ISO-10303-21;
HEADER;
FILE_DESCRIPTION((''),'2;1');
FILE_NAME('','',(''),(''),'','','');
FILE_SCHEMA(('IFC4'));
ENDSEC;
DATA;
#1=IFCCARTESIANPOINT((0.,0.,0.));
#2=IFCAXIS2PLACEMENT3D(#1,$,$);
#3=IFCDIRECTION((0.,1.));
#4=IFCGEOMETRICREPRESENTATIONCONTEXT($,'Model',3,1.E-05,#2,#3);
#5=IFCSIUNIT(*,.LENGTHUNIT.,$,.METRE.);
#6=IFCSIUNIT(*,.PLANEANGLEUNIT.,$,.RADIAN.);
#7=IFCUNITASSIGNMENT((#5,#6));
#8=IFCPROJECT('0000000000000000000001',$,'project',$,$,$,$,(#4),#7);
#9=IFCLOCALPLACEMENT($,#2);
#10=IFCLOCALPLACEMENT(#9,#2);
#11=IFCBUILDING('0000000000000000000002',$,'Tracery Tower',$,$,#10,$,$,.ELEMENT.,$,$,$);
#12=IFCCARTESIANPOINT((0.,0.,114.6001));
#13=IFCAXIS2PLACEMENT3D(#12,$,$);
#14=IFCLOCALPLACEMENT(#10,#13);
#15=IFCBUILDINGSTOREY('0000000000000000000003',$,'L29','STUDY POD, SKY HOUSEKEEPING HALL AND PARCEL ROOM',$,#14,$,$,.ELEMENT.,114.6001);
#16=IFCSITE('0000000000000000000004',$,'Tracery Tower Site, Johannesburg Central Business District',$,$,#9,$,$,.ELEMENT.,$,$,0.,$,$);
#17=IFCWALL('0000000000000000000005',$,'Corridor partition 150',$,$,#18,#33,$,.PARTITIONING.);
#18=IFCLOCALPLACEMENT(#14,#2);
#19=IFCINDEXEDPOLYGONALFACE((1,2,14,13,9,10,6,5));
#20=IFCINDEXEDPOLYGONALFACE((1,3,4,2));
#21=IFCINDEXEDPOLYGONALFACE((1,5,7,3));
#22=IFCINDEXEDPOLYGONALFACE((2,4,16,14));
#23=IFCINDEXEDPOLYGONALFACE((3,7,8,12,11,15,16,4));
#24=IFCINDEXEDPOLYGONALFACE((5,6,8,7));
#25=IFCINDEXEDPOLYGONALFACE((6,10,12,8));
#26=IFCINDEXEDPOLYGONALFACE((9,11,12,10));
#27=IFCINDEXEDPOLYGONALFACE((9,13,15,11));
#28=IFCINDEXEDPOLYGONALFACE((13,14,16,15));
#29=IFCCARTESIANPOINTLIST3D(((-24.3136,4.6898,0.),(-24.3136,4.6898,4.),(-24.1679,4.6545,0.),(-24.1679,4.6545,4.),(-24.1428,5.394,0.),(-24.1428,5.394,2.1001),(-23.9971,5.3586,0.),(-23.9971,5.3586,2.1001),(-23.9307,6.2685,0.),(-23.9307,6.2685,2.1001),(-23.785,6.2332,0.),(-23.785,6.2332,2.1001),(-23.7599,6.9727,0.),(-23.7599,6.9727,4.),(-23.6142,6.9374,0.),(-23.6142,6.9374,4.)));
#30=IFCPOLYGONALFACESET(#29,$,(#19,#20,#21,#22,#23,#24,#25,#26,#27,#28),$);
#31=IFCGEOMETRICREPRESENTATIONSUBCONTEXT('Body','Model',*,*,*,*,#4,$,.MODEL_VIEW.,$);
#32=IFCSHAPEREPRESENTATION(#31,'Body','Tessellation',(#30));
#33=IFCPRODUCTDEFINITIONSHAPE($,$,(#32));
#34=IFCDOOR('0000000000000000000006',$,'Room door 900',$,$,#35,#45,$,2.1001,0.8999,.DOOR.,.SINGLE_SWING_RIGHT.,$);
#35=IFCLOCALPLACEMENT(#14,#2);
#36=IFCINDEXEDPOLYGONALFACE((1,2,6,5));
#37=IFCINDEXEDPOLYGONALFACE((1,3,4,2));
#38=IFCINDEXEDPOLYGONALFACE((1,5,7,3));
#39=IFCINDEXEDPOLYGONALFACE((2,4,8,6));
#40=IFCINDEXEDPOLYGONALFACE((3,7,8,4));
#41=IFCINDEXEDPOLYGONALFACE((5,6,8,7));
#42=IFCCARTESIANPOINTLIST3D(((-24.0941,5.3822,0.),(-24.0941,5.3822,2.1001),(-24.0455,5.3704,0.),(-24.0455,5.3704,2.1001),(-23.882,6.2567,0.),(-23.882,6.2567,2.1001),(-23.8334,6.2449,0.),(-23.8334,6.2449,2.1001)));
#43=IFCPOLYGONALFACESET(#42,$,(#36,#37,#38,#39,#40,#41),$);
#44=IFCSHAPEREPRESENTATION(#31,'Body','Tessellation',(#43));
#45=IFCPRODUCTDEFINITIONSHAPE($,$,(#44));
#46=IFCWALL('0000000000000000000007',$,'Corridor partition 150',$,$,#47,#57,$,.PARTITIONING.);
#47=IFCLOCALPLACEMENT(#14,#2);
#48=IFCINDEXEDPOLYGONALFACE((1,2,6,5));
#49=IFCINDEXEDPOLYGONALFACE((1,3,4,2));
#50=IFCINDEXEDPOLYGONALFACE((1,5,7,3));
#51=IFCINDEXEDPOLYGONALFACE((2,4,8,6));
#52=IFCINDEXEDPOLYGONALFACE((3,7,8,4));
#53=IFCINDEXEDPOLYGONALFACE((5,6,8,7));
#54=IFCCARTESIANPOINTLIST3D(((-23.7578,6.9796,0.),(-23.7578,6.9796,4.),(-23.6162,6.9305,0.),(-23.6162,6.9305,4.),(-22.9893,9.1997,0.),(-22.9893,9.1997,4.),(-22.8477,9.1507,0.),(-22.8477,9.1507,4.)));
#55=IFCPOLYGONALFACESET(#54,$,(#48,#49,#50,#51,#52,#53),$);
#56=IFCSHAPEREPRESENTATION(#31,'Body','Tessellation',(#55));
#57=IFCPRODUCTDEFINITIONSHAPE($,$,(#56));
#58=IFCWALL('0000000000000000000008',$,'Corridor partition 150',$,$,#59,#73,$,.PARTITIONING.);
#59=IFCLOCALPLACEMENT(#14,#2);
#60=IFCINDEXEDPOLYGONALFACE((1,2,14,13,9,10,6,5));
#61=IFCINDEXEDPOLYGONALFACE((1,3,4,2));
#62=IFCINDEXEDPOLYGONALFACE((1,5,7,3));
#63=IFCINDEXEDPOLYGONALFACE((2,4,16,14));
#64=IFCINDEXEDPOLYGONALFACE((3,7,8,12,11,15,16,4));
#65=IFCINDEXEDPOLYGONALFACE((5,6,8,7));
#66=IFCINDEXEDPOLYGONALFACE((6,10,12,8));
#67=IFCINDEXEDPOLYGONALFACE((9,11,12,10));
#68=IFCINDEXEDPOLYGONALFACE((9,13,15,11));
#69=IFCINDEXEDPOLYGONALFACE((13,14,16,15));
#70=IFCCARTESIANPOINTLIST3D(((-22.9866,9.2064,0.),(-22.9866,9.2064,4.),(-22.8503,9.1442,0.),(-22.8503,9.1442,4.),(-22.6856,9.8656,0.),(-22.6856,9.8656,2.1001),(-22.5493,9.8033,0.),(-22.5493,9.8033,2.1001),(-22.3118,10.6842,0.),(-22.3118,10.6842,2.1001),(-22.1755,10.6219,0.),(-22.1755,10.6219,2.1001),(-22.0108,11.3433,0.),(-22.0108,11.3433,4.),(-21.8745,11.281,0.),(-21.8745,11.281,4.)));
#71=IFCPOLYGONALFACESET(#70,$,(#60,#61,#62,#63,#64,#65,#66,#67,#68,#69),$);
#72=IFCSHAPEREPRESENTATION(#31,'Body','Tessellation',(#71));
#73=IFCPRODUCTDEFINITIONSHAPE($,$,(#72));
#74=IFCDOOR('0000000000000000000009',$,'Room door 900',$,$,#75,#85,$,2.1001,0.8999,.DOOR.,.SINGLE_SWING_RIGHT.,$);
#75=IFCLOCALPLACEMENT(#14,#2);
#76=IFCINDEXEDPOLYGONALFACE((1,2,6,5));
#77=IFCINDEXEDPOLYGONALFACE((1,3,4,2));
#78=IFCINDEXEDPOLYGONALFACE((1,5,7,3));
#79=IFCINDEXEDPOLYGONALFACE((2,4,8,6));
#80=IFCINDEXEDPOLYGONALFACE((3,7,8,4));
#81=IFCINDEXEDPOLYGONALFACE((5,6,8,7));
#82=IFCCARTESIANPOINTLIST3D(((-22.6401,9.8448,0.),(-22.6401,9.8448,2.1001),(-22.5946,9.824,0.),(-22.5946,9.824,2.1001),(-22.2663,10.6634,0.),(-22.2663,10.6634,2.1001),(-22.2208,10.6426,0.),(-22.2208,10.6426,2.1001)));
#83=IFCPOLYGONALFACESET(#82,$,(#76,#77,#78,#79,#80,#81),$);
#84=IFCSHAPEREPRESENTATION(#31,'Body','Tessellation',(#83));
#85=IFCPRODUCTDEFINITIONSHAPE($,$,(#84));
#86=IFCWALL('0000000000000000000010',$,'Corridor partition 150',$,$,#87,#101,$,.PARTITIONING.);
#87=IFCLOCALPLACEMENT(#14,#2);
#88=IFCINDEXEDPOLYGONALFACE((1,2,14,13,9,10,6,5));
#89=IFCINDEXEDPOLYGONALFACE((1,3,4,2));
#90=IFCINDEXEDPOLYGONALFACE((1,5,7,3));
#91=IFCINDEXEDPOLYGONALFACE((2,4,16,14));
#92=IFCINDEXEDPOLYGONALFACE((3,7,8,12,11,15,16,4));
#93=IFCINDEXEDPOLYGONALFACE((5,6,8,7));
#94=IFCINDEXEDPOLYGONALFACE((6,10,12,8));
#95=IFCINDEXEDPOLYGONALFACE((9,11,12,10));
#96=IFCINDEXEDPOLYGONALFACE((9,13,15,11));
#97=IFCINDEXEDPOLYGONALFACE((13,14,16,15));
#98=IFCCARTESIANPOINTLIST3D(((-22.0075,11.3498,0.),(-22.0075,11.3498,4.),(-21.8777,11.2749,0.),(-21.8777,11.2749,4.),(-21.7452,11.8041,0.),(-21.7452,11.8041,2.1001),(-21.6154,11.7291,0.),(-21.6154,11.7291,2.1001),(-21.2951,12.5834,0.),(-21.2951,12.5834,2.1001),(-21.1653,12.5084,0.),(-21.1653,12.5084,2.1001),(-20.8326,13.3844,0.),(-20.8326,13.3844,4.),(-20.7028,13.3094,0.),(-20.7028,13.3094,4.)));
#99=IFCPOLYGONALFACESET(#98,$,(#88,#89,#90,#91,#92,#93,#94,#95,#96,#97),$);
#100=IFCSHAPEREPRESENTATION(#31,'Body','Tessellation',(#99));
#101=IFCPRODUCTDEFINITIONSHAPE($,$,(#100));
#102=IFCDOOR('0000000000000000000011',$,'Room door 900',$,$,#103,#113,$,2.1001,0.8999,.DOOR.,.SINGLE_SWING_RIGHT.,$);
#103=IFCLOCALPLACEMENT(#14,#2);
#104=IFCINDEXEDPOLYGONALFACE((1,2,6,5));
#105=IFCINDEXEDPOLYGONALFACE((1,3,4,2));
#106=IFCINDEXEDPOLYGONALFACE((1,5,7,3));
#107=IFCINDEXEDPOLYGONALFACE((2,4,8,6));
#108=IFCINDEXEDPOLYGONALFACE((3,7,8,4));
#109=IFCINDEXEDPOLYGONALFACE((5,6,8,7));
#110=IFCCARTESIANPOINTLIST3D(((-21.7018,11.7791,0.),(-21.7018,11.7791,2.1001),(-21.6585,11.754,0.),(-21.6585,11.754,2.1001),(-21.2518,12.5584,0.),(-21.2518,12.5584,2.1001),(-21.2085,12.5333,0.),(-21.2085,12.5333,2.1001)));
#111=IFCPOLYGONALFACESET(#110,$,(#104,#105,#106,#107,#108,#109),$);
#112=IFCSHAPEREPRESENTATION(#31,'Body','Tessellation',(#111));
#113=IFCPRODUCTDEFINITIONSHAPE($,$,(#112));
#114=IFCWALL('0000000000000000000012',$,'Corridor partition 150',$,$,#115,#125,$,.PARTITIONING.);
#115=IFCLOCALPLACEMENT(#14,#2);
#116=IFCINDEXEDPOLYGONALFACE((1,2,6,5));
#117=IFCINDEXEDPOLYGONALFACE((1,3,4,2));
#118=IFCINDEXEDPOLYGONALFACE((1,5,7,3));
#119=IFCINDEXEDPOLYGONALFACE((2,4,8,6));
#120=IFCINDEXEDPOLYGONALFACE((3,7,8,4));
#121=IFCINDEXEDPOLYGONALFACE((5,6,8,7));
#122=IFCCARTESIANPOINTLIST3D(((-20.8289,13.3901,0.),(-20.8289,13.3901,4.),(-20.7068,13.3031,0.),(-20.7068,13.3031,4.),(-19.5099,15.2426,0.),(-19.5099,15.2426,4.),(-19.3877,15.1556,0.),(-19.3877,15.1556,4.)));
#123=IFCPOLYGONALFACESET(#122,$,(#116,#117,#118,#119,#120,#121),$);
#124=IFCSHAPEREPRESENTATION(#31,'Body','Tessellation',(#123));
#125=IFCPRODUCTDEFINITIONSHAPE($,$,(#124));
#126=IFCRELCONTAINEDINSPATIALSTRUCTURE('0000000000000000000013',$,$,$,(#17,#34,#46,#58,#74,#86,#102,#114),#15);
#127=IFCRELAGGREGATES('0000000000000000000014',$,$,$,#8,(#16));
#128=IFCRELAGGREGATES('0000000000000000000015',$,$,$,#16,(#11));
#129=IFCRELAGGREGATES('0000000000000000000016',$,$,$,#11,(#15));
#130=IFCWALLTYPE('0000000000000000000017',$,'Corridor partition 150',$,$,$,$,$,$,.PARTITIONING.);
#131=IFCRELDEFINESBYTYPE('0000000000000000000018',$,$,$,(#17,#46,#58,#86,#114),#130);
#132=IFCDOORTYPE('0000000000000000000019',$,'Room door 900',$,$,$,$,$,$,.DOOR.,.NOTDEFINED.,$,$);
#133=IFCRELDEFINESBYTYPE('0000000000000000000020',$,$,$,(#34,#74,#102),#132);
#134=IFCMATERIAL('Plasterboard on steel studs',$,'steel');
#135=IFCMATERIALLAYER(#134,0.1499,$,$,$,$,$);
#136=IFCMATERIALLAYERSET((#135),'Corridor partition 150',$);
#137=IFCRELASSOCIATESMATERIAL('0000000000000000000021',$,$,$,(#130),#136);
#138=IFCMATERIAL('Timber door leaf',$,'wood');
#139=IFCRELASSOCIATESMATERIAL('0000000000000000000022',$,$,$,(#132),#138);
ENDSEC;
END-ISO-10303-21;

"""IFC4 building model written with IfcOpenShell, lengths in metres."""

from ifc_helpers import new_model, si_unit, direction, frame, frame_2d, origin, place, context, subcontext, project, spatial, rectangle, extrude, material, layer, layer_set, type_object, element, fill, save


model = new_model("IFC4")

# Units and contexts
model_context = context("Model", 3, precision=1e-05, world=origin(), true_north=direction((0.0, 1.0)))
body_context = subcontext(model_context, "Body", "Model", "MODEL_VIEW")
ifc_project = project(units=[si_unit("LENGTHUNIT", "METRE"), si_unit("PLANEANGLEUNIT", "RADIAN")], contexts=[model_context])

# Site, building, storey
site_placement = place(None, origin())
site = spatial("IfcSite", under=ifc_project, at=site_placement, Name="Tracery Tower Site, Johannesburg Central Business District", CompositionType="ELEMENT", RefElevation=0.0)
building_placement = place(site_placement, origin())
building = spatial("IfcBuilding", under=site, at=building_placement, Name="Tracery Tower", CompositionType="ELEMENT")
storey_placement = place(building_placement, frame((0.0, 0.0, 114.6001)))
storey = spatial("IfcBuildingStorey", under=building, at=storey_placement, Name="L29", Description="STUDY POD, SKY HOUSEKEEPING HALL AND PARCEL ROOM", CompositionType="ELEMENT", Elevation=114.6001)

# Shared definitions
ifc_material_1 = material(Name="Plasterboard on steel studs", Category="steel")
ifc_layer_1 = layer(ifc_material_1, 0.1499)
ifc_layer_set_1 = layer_set([ifc_layer_1], Name="Corridor partition 150")
wall_type = type_object("IfcWallType", Name="Corridor partition 150", PredefinedType="PARTITIONING", material=ifc_layer_set_1)

# Wall, opening, door
wall_1_placement = place(storey_placement, frame((-24.2407, 4.6721, 0.0), z_axis=(0.0, 0.0, 1.0), x_axis=(0.235707, 0.971824, 0.0)))
wall_1 = element("IfcWall", 1, at=wall_1_placement, inside=storey, type_object=wall_type, Name="Corridor partition 150", PredefinedType="PARTITIONING", context=body_context, shape_type="SweptSolid", body=[
    extrude(rectangle(XDim=2.3491, YDim=0.1499, at=frame_2d((1.1746, 0.0))), origin(), (0.0, 0.0, 1.0), 4.0),
])
opening_1_placement = place(wall_1_placement, frame((0.7246, 0.0, 0.0)))
opening_1 = element("IfcOpeningElement", 2, at=opening_1_placement, cuts=wall_1, PredefinedType="OPENING", context=body_context, shape_type="SweptSolid", body=[
    extrude(rectangle(XDim=0.8999, YDim=2.1001, at=frame_2d((0.45, 1.05))), frame((0.0, 0.075, 0.0), z_axis=(0.0, -1.0, 0.0), x_axis=(1.0, 0.0, 0.0)), (0.0, 0.0, 1.0), 0.1499),
])
ifc_material_2 = material(Name="Timber door leaf", Category="wood")
door_type = type_object("IfcDoorType", Name="Room door 900", OperationType="NOTDEFINED", PredefinedType="DOOR", material=ifc_material_2)
door_1_placement = place(opening_1_placement, origin())
door_1 = element("IfcDoor", 3, at=door_1_placement, inside=storey, type_object=door_type, Name="Room door 900", OperationType="SINGLE_SWING_RIGHT", OverallHeight=2.1001, OverallWidth=0.8999, PredefinedType="DOOR", context=body_context, shape_type="SweptSolid", body=[
    extrude(rectangle(XDim=0.8999, YDim=2.1001, at=frame_2d((0.45, 1.05))), frame((0.0, 0.0249, 0.0), z_axis=(0.0, -1.0, 0.0), x_axis=(1.0, 0.0, 0.0)), (0.0, 0.0, 1.0), 0.05),
])
fill(opening_1, door_1)

# Wall
wall_2_placement = place(storey_placement, frame((-22.9185, 9.1753, 0.0), z_axis=(0.0, 0.0, 1.0), x_axis=(-0.327118, -0.944984, 0.0)))
element("IfcWall", 4, at=wall_2_placement, inside=storey, type_object=wall_type, Name="Corridor partition 150", PredefinedType="PARTITIONING", context=body_context, shape_type="SweptSolid", body=[
    extrude(rectangle(XDim=2.3494, YDim=0.1499, at=frame_2d((1.1748, 0.0))), origin(), (0.0, 0.0, 1.0), 4.0),
])

# Walls, openings, doors
wall_3_placement = place(storey_placement, frame((-22.9185, 9.1753, 0.0), z_axis=(0.0, 0.0, 1.0), x_axis=(0.415384, 0.909646, 0.0)))
wall_3 = element("IfcWall", 5, at=wall_3_placement, inside=storey, type_object=wall_type, Name="Corridor partition 150", PredefinedType="PARTITIONING", context=body_context, shape_type="SweptSolid", body=[
    extrude(rectangle(XDim=2.3491, YDim=0.1499, at=frame_2d((1.1746, 0.0))), origin(), (0.0, 0.0, 1.0), 4.0),
])
opening_2_placement = place(wall_3_placement, frame((0.7246, 0.0, 0.0)))
opening_2 = element("IfcOpeningElement", 6, at=opening_2_placement, cuts=wall_3, PredefinedType="OPENING", context=body_context, shape_type="SweptSolid", body=[
    extrude(rectangle(XDim=0.8999, YDim=2.1001, at=frame_2d((0.45, 1.05))), frame((0.0, 0.075, 0.0), z_axis=(0.0, -1.0, 0.0), x_axis=(1.0, 0.0, 0.0)), (0.0, 0.0, 1.0), 0.1499),
])
door_2_placement = place(opening_2_placement, origin())
door_2 = element("IfcDoor", 7, at=door_2_placement, inside=storey, type_object=door_type, Name="Room door 900", OperationType="SINGLE_SWING_RIGHT", OverallHeight=2.1001, OverallWidth=0.8999, PredefinedType="DOOR", context=body_context, shape_type="SweptSolid", body=[
    extrude(rectangle(XDim=0.8999, YDim=2.1001, at=frame_2d((0.45, 1.05))), frame((0.0, 0.0249, 0.0), z_axis=(0.0, -1.0, 0.0), x_axis=(1.0, 0.0, 0.0)), (0.0, 0.0, 1.0), 0.05),
])
fill(opening_2, door_2)
wall_4_placement = place(storey_placement, frame((-21.9426, 11.3123, 0.0), z_axis=(0.0, 0.0, 1.0), x_axis=(0.500073, 0.865983, 0.0)))
wall_4 = element("IfcWall", 8, at=wall_4_placement, inside=storey, type_object=wall_type, Name="Corridor partition 150", PredefinedType="PARTITIONING", context=body_context, shape_type="SweptSolid", body=[
    extrude(rectangle(XDim=2.3494, YDim=0.1499, at=frame_2d((1.1748, 0.0))), origin(), (0.0, 0.0, 1.0), 4.0),
])
opening_3_placement = place(wall_4_placement, frame((0.5247, 0.0, 0.0)))
opening_3 = element("IfcOpeningElement", 9, at=opening_3_placement, cuts=wall_4, PredefinedType="OPENING", context=body_context, shape_type="SweptSolid", body=[
    extrude(rectangle(XDim=0.8999, YDim=2.1001, at=frame_2d((0.45, 1.05))), frame((0.0, 0.075, 0.0), z_axis=(0.0, -1.0, 0.0), x_axis=(1.0, 0.0, 0.0)), (0.0, 0.0, 1.0), 0.1499),
])
door_3_placement = place(opening_3_placement, origin())
door_3 = element("IfcDoor", 10, at=door_3_placement, inside=storey, type_object=door_type, Name="Room door 900", OperationType="SINGLE_SWING_RIGHT", OverallHeight=2.1001, OverallWidth=0.8999, PredefinedType="DOOR", context=body_context, shape_type="SweptSolid", body=[
    extrude(rectangle(XDim=0.8999, YDim=2.1001, at=frame_2d((0.45, 1.05))), frame((0.0, 0.0249, 0.0), z_axis=(0.0, -1.0, 0.0), x_axis=(1.0, 0.0, 0.0)), (0.0, 0.0, 1.0), 0.05),
])
fill(opening_3, door_3)

# Wall
wall_5_placement = place(storey_placement, frame((-19.4487, 15.1992, 0.0), z_axis=(0.0, 0.0, 1.0), x_axis=(-0.580029, -0.814596, 0.0)))
element("IfcWall", 11, at=wall_5_placement, inside=storey, type_object=wall_type, Name="Corridor partition 150", PredefinedType="PARTITIONING", context=body_context, shape_type="SweptSolid", body=[
    extrude(rectangle(XDim=2.2742, YDim=0.1499, at=frame_2d((1.1372, 0.0))), origin(), (0.0, 0.0, 1.0), 4.0),
])

save(model, "model.ifc")
